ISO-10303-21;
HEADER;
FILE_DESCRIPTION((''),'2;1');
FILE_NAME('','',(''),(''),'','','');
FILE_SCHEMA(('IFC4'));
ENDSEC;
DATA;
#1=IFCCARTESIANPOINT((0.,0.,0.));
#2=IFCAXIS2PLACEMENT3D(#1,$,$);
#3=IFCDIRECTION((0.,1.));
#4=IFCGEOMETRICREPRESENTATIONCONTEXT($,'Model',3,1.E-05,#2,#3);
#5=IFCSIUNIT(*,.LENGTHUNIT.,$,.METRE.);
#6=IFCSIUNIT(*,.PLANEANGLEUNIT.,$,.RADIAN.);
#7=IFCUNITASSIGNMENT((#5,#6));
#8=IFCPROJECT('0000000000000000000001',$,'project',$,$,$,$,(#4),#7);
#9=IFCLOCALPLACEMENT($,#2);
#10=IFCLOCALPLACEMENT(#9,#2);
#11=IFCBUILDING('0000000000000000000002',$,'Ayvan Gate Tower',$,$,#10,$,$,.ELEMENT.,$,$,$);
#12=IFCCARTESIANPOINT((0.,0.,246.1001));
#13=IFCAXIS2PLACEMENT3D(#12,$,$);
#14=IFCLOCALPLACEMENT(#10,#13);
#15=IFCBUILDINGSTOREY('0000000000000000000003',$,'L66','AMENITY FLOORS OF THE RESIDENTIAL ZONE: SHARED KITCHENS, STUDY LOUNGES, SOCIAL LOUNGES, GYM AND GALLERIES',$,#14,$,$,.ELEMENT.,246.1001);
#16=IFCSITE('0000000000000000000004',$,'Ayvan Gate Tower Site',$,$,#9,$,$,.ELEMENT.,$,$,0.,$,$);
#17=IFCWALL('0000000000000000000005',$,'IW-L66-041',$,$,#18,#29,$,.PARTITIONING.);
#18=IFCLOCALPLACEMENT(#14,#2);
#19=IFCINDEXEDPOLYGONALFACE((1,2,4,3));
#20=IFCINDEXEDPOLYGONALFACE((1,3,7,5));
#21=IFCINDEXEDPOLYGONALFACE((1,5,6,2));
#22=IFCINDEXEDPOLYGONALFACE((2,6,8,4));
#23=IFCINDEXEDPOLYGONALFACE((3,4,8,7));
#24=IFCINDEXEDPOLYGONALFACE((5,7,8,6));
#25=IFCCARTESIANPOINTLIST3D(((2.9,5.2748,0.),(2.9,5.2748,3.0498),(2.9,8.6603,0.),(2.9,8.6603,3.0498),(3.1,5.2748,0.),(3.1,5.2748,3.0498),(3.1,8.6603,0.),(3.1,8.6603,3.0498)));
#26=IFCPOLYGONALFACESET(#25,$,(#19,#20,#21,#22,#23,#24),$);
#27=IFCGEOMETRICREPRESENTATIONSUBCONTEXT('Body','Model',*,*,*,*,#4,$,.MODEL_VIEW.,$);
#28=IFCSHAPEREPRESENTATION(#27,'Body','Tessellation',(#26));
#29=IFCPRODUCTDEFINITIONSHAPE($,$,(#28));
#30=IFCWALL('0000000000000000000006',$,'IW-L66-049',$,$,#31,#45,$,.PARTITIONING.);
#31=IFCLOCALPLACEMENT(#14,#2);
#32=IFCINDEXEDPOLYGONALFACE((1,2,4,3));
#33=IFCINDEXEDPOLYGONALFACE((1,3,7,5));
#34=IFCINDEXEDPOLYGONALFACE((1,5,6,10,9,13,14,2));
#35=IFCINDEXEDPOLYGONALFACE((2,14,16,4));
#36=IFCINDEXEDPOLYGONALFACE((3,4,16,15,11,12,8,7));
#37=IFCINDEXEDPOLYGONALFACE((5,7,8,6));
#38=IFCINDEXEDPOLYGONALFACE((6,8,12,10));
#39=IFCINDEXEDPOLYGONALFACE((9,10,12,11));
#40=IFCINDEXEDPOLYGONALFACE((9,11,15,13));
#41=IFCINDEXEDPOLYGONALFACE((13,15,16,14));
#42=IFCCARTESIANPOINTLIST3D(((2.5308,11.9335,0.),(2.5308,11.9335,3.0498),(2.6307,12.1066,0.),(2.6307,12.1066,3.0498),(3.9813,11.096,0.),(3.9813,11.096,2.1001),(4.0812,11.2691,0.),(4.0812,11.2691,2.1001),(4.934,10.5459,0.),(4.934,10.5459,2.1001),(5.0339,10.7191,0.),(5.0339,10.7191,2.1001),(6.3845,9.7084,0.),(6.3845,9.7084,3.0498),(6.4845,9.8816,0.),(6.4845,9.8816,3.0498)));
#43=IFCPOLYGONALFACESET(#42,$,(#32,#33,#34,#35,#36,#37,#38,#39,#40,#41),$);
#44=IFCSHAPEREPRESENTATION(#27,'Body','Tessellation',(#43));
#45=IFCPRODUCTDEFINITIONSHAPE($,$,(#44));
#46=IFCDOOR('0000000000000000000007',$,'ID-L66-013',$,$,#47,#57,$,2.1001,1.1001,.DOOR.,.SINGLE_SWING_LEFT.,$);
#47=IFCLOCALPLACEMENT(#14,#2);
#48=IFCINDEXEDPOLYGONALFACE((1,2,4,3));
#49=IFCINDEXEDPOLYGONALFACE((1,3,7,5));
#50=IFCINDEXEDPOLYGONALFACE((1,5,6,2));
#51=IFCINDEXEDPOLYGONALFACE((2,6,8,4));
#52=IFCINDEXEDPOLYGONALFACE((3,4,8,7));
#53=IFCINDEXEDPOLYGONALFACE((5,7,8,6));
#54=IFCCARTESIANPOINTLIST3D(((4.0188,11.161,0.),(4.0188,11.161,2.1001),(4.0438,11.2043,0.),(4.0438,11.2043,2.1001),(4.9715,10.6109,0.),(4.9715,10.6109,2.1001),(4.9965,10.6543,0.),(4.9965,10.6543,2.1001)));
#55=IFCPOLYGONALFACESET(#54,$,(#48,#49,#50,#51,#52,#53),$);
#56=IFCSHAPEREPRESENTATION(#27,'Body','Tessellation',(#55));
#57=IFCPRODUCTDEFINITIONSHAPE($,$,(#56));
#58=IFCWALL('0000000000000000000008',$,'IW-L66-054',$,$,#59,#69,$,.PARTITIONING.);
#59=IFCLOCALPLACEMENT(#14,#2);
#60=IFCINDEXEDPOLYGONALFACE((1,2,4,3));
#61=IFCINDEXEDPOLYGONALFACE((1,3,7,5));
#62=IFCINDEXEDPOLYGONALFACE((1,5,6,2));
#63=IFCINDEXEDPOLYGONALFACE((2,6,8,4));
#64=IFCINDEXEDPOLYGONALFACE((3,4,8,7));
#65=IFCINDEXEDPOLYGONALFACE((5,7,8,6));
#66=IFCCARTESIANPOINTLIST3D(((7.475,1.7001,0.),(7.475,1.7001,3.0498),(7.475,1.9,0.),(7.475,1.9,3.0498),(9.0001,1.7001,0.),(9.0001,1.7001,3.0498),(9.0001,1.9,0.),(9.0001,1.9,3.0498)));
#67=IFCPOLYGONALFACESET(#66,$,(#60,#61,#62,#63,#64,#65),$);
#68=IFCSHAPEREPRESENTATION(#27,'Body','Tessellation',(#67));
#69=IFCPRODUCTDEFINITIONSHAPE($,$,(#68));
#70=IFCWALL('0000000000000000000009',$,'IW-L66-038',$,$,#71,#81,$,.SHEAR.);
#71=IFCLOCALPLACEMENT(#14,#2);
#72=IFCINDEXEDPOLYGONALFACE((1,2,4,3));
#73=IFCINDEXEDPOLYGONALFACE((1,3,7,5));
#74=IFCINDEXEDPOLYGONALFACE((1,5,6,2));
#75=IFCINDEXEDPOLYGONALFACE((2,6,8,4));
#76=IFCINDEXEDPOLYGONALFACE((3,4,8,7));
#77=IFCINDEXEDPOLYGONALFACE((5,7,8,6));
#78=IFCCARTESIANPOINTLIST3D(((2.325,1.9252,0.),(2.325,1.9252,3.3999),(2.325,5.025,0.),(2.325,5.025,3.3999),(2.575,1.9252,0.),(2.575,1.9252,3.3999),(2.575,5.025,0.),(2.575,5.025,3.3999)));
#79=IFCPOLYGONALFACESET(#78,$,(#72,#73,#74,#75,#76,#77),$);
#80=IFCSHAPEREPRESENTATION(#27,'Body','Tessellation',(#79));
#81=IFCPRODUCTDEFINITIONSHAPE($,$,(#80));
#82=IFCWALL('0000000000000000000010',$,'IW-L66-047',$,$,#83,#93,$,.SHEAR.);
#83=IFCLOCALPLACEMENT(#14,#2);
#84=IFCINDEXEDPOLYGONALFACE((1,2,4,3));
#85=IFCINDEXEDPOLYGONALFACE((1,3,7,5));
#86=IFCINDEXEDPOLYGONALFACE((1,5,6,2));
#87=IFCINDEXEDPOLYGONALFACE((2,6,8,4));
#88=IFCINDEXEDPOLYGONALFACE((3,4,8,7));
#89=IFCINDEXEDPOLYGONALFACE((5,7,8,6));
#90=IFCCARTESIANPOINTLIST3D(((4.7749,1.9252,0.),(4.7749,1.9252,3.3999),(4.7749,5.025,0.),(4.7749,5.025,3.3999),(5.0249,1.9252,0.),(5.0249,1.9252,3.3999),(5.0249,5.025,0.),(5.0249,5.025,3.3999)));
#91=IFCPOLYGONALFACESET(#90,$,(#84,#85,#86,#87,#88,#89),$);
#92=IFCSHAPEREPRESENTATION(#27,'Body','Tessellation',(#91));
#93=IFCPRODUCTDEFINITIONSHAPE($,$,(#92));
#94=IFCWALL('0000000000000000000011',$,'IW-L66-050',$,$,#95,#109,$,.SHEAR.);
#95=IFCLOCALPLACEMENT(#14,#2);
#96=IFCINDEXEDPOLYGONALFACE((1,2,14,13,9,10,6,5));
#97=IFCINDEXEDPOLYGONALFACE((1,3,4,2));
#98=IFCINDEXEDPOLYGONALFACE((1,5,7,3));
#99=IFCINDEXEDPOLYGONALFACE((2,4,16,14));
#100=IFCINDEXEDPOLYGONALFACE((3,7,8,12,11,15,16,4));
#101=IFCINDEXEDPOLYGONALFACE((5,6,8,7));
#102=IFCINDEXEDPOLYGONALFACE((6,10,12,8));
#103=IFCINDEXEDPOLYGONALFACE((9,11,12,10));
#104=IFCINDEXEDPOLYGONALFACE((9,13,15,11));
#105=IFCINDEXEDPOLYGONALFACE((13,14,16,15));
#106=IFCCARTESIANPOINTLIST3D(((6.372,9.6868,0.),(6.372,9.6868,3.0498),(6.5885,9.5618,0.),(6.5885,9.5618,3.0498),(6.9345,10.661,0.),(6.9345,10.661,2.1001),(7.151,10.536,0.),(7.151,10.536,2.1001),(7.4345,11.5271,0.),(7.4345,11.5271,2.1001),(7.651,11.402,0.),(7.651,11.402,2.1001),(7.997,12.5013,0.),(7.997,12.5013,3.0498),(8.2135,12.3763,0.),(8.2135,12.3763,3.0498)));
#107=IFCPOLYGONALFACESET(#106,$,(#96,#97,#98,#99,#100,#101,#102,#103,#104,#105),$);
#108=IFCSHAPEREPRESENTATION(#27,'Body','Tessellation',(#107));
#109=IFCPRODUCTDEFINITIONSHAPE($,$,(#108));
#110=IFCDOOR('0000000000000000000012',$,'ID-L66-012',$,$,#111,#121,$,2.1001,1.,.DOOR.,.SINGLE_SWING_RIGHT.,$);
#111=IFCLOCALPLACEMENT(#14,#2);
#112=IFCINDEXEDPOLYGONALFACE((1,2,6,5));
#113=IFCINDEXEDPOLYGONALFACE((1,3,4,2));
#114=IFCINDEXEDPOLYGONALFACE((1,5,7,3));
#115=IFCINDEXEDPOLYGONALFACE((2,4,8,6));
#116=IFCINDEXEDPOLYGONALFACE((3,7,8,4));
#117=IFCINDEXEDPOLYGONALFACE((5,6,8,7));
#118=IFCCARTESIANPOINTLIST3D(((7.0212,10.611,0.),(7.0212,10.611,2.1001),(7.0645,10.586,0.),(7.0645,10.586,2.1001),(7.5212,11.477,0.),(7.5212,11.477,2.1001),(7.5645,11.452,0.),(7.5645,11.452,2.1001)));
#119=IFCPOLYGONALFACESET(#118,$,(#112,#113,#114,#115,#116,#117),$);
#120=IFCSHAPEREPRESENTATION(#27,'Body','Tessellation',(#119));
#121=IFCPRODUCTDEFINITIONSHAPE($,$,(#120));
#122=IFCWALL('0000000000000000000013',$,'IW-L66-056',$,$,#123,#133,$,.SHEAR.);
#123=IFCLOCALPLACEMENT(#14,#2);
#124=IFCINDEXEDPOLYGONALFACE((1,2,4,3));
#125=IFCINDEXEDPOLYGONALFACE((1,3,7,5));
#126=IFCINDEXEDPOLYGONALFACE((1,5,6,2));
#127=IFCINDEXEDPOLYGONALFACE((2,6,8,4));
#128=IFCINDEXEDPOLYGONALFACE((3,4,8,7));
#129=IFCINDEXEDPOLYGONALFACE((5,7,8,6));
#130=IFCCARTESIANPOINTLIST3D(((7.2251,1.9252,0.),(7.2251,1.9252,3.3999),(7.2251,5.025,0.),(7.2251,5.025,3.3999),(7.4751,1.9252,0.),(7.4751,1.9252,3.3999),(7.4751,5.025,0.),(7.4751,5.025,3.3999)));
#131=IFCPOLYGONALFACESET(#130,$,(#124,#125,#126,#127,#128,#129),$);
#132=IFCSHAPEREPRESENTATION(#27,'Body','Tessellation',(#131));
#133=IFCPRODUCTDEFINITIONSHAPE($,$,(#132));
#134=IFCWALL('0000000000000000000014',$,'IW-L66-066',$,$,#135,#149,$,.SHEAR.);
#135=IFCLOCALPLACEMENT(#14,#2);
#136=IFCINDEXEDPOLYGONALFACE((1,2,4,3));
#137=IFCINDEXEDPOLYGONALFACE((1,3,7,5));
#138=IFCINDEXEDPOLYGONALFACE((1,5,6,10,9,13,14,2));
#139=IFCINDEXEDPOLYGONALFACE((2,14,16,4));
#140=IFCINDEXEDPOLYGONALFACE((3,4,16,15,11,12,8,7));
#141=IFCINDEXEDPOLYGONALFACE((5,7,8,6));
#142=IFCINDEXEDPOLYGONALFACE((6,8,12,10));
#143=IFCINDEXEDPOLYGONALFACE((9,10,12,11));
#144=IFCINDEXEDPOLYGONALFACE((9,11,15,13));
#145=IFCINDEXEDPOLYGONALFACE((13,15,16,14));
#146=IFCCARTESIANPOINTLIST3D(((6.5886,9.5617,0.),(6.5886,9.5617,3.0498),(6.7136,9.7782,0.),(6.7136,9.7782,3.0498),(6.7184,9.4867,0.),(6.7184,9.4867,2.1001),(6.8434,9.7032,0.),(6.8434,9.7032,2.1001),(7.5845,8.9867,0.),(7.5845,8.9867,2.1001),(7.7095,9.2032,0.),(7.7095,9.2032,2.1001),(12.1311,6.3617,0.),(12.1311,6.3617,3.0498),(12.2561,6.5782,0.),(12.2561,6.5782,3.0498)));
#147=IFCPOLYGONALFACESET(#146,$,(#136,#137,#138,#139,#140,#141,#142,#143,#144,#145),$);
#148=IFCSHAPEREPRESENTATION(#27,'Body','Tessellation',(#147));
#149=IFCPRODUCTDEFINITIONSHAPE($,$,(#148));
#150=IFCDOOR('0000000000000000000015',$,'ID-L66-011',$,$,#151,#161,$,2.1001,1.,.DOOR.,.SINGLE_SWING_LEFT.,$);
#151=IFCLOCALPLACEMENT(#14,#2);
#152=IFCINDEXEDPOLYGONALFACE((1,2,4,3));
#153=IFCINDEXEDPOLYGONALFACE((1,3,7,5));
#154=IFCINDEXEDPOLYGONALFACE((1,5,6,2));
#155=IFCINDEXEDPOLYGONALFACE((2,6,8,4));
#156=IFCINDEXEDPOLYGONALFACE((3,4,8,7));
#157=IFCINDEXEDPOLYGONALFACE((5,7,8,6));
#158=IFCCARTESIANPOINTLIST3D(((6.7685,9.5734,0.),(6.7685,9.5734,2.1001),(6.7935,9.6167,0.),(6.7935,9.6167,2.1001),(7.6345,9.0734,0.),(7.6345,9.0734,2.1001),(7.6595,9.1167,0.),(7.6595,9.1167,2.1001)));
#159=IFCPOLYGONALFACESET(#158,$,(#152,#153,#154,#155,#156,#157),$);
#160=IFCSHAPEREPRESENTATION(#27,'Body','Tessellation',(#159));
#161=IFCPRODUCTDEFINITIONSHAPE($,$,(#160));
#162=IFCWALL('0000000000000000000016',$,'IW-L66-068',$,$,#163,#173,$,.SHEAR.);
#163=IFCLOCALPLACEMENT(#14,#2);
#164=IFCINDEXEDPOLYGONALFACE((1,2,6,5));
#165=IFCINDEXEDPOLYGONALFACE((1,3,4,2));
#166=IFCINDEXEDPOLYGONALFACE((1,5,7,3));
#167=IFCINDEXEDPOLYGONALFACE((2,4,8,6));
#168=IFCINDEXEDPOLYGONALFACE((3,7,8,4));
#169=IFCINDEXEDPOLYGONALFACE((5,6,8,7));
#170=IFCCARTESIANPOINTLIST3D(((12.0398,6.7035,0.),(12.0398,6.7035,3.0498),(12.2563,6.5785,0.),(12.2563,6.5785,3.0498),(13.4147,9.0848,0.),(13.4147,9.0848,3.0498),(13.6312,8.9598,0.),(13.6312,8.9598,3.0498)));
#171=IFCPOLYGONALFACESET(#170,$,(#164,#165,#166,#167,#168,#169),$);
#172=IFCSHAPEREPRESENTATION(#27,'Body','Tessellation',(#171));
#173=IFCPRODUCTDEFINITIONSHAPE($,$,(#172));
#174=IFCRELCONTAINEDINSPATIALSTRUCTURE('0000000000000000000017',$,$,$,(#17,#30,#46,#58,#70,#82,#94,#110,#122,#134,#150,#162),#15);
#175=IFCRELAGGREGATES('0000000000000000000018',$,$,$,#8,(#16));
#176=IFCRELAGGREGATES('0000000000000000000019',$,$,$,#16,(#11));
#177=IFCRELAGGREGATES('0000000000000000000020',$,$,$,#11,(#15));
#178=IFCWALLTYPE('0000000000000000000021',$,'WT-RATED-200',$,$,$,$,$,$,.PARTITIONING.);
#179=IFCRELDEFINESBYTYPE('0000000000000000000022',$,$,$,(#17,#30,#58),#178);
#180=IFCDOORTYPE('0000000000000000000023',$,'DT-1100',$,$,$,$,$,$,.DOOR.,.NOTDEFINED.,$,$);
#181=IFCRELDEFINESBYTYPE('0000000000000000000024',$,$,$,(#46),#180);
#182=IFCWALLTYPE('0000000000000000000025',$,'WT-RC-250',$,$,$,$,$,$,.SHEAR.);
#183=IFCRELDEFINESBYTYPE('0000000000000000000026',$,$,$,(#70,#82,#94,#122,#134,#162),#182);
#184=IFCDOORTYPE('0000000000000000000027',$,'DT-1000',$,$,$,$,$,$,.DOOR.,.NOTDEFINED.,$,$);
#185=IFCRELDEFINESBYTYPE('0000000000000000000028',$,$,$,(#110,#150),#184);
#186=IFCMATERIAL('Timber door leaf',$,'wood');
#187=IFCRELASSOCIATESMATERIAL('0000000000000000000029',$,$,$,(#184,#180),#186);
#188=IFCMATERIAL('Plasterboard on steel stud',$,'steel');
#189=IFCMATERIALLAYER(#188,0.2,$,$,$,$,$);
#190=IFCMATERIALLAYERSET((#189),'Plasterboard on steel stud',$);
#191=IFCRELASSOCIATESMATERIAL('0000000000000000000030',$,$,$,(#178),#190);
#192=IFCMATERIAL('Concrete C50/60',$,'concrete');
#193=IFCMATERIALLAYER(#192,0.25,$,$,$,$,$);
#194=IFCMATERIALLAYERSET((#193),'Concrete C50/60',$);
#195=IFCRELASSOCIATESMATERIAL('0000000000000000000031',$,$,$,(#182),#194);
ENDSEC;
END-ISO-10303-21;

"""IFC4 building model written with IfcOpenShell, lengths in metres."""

from ifc_helpers import new_model, si_unit, direction, frame, frame_2d, origin, place, context, subcontext, project, spatial, rectangle, extrude, material, layer, layer_set, type_object, element, fill, save


model = new_model("IFC4")

# Units and contexts
model_context = context("Model", 3, precision=1e-05, world=origin(), true_north=direction((0.0, 1.0)))
body_context = subcontext(model_context, "Body", "Model", "MODEL_VIEW")
ifc_project = project(units=[si_unit("LENGTHUNIT", "METRE"), si_unit("PLANEANGLEUNIT", "RADIAN")], contexts=[model_context])

# Site, building, storey
site_placement = place(None, origin())
site = spatial("IfcSite", under=ifc_project, at=site_placement, Name="Ayvan Gate Tower Site", CompositionType="ELEMENT", RefElevation=0.0)
building_placement = place(site_placement, origin())
building = spatial("IfcBuilding", under=site, at=building_placement, Name="Ayvan Gate Tower", CompositionType="ELEMENT")
storey_placement = place(building_placement, frame((0.0, 0.0, 246.1001)))
storey = spatial("IfcBuildingStorey", under=building, at=storey_placement, Name="L66", Description="AMENITY FLOORS OF THE RESIDENTIAL ZONE: SHARED KITCHENS, STUDY LOUNGES, SOCIAL LOUNGES, GYM AND GALLERIES", CompositionType="ELEMENT", Elevation=246.1001)

# Shared definitions
ifc_material_1 = material(Name="Concrete C50/60", Category="concrete")

# Shared definitions
ifc_material_2 = material(Name="Timber door leaf", Category="wood")

# Shared definitions
ifc_material_3 = material(Name="Plasterboard on steel stud", Category="steel")
door_type_1 = type_object("IfcDoorType", Name="DT-1000", OperationType="NOTDEFINED", PredefinedType="DOOR", material=ifc_material_2)

# Wall
ifc_layer_1 = layer(ifc_material_3, 0.2)
ifc_layer_set_1 = layer_set([ifc_layer_1], Name="Plasterboard on steel stud")
wall_type_1 = type_object("IfcWallType", Name="WT-RATED-200", PredefinedType="PARTITIONING", material=ifc_layer_set_1)
wall_1_placement = place(storey_placement, frame((3.0, 8.6604, 0.0), z_axis=(0.0, 0.0, 1.0), x_axis=(0.0, -1.0, 0.0)))
element("IfcWall", 1, at=wall_1_placement, inside=storey, type_object=wall_type_1, Name="IW-L66-041", PredefinedType="PARTITIONING", context=body_context, shape_type="SweptSolid", body=[
    extrude(rectangle(XDim=3.3855, YDim=0.2, at=frame_2d((1.6929, 0.0))), origin(), (0.0, 0.0, 1.0), 3.0498),
])

# Wall, opening, door
wall_2_placement = place(storey_placement, frame((6.4346, 9.7949, 0.0), z_axis=(0.0, 0.0, 1.0), x_axis=(-0.866013, 0.500022, 0.0)))
wall_2 = element("IfcWall", 2, at=wall_2_placement, inside=storey, type_object=wall_type_1, Name="IW-L66-049", PredefinedType="PARTITIONING", context=body_context, shape_type="SweptSolid", body=[
    extrude(rectangle(XDim=4.45, YDim=0.2, at=frame_2d((2.2251, 0.0))), origin(), (0.0, 0.0, 1.0), 3.0498),
])
opening_1_placement = place(wall_2_placement, frame((1.675, 0.0, 0.0)))
opening_1 = element("IfcOpeningElement", 3, at=opening_1_placement, cuts=wall_2, PredefinedType="OPENING", context=body_context, shape_type="SweptSolid", body=[
    extrude(rectangle(XDim=1.1001, YDim=2.1001, at=frame_2d((0.55, 1.05))), frame((0.0, 0.1099, 0.0), z_axis=(0.0, -1.0, 0.0), x_axis=(1.0, 0.0, 0.0)), (0.0, 0.0, 1.0), 0.22),
])
door_type_2 = type_object("IfcDoorType", Name="DT-1100", OperationType="NOTDEFINED", PredefinedType="DOOR", material=ifc_material_2)
door_1_placement = place(opening_1_placement, origin())
door_1 = element("IfcDoor", 4, at=door_1_placement, inside=storey, type_object=door_type_2, Name="ID-L66-013", OperationType="SINGLE_SWING_LEFT", OverallHeight=2.1001, OverallWidth=1.1001, PredefinedType="DOOR", context=body_context, shape_type="SweptSolid", body=[
    extrude(rectangle(XDim=1.1001, YDim=2.1001, at=frame_2d((0.55, 1.05))), frame((0.0, 0.0249, 0.0), z_axis=(0.0, -1.0, 0.0), x_axis=(1.0, 0.0, 0.0)), (0.0, 0.0, 1.0), 0.05),
])
fill(opening_1, door_1)

# Walls
wall_3_placement = place(storey_placement, frame((7.4749, 1.8, 0.0), z_axis=(0.0, 0.0, 1.0), x_axis=(1.0, 0.0, 0.0)))
element("IfcWall", 5, at=wall_3_placement, inside=storey, type_object=wall_type_1, Name="IW-L66-054", PredefinedType="PARTITIONING", context=body_context, shape_type="SweptSolid", body=[
    extrude(rectangle(XDim=1.5251, YDim=0.2, at=frame_2d((0.7627, 0.0))), origin(), (0.0, 0.0, 1.0), 3.0498),
])
ifc_layer_2 = layer(ifc_material_1, 0.25)
ifc_layer_set_2 = layer_set([ifc_layer_2], Name="Concrete C50/60")
wall_type_2 = type_object("IfcWallType", Name="WT-RC-250", PredefinedType="SHEAR", material=ifc_layer_set_2)
for number, where, z_axis, x_axis, name in (
    (6, (2.45, 5.0249, 0.0), (0.0, 0.0, 1.0), (0.0, -1.0, 0.0), "IW-L66-038"),
    (7, (4.8999, 5.0249, 0.0), (0.0, 0.0, 1.0), (0.0, -1.0, 0.0), "IW-L66-047"),
):
    element("IfcWall", number, at=place(storey_placement, frame(where, z_axis=z_axis, x_axis=x_axis)), inside=storey, type_object=wall_type_2, Name=name, PredefinedType="SHEAR", context=body_context, shape_type="SweptSolid", body=[
        extrude(rectangle(XDim=3.0999, YDim=0.25, at=frame_2d((1.5498, 0.0))), origin(), (0.0, 0.0, 1.0), 3.3999),
    ])

# Wall, opening, door
wall_4_placement = place(storey_placement, frame((6.4802, 9.6243, 0.0), z_axis=(0.0, 0.0, 1.0), x_axis=(0.500017, 0.866015, 0.0)))
wall_4 = element("IfcWall", 8, at=wall_4_placement, inside=storey, type_object=wall_type_2, Name="IW-L66-050", PredefinedType="SHEAR", context=body_context, shape_type="SweptSolid", body=[
    extrude(rectangle(XDim=3.25, YDim=0.25, at=frame_2d((1.625, 0.0))), origin(), (0.0, 0.0, 1.0), 3.0498),
])
opening_2_placement = place(wall_4_placement, frame((1.125, 0.0, 0.0)))
opening_2 = element("IfcOpeningElement", 9, at=opening_2_placement, cuts=wall_4, PredefinedType="OPENING", context=body_context, shape_type="SweptSolid", body=[
    extrude(rectangle(XDim=1.0, YDim=2.1001, at=frame_2d((0.5, 1.05))), frame((0.0, 0.135, 0.0), z_axis=(0.0, -1.0, 0.0), x_axis=(1.0, 0.0, 0.0)), (0.0, 0.0, 1.0), 0.27),
])
door_2_placement = place(opening_2_placement, origin())
door_2 = element("IfcDoor", 10, at=door_2_placement, inside=storey, type_object=door_type_1, Name="ID-L66-012", OperationType="SINGLE_SWING_RIGHT", OverallHeight=2.1001, OverallWidth=1.0, PredefinedType="DOOR", context=body_context, shape_type="SweptSolid", body=[
    extrude(rectangle(XDim=1.0, YDim=2.1001, at=frame_2d((0.5, 1.05))), frame((0.0, 0.0249, 0.0), z_axis=(0.0, -1.0, 0.0), x_axis=(1.0, 0.0, 0.0)), (0.0, 0.0, 1.0), 0.05),
])
fill(opening_2, door_2)

# Wall
wall_5_placement = place(storey_placement, frame((7.3501, 5.0249, 0.0), z_axis=(0.0, 0.0, 1.0), x_axis=(0.0, -1.0, 0.0)))
element("IfcWall", 11, at=wall_5_placement, inside=storey, type_object=wall_type_2, Name="IW-L66-056", PredefinedType="SHEAR", context=body_context, shape_type="SweptSolid", body=[
    extrude(rectangle(XDim=3.0999, YDim=0.25, at=frame_2d((1.5498, 0.0))), origin(), (0.0, 0.0, 1.0), 3.3999),
])

# Wall, opening, door
wall_6_placement = place(storey_placement, frame((12.1936, 6.47, 0.0), z_axis=(0.0, 0.0, 1.0), x_axis=(-0.866025, 0.5, 0.0)))
wall_6 = element("IfcWall", 12, at=wall_6_placement, inside=storey, type_object=wall_type_2, Name="IW-L66-066", PredefinedType="SHEAR", context=body_context, shape_type="SweptSolid", body=[
    extrude(rectangle(XDim=6.3999, YDim=0.25, at=frame_2d((3.2, 0.0))), origin(), (0.0, 0.0, 1.0), 3.0498),
])
opening_3_placement = place(wall_6_placement, frame((5.25, 0.0, 0.0)))
opening_3 = element("IfcOpeningElement", 13, at=opening_3_placement, cuts=wall_6, PredefinedType="OPENING", context=body_context, shape_type="SweptSolid", body=[
    extrude(rectangle(XDim=1.0, YDim=2.1001, at=frame_2d((0.5, 1.05))), frame((0.0, 0.135, 0.0), z_axis=(0.0, -1.0, 0.0), x_axis=(1.0, 0.0, 0.0)), (0.0, 0.0, 1.0), 0.27),
])
door_3_placement = place(opening_3_placement, origin())
door_3 = element("IfcDoor", 14, at=door_3_placement, inside=storey, type_object=door_type_1, Name="ID-L66-011", OperationType="SINGLE_SWING_LEFT", OverallHeight=2.1001, OverallWidth=1.0, PredefinedType="DOOR", context=body_context, shape_type="SweptSolid", body=[
    extrude(rectangle(XDim=1.0, YDim=2.1001, at=frame_2d((0.5, 1.05))), frame((0.0, 0.0249, 0.0), z_axis=(0.0, -1.0, 0.0), x_axis=(1.0, 0.0, 0.0)), (0.0, 0.0, 1.0), 0.05),
])
fill(opening_3, door_3)

# Wall
wall_7_placement = place(storey_placement, frame((12.1479, 6.6409, 0.0), z_axis=(0.0, 0.0, 1.0), x_axis=(0.500035, 0.866005, 0.0)))
element("IfcWall", 15, at=wall_7_placement, inside=storey, type_object=wall_type_2, Name="IW-L66-068", PredefinedType="SHEAR", context=body_context, shape_type="SweptSolid", body=[
    extrude(rectangle(XDim=2.7498, YDim=0.25, at=frame_2d((1.375, 0.0))), origin(), (0.0, 0.0, 1.0), 3.0498),
])

save(model, "model.ifc")
